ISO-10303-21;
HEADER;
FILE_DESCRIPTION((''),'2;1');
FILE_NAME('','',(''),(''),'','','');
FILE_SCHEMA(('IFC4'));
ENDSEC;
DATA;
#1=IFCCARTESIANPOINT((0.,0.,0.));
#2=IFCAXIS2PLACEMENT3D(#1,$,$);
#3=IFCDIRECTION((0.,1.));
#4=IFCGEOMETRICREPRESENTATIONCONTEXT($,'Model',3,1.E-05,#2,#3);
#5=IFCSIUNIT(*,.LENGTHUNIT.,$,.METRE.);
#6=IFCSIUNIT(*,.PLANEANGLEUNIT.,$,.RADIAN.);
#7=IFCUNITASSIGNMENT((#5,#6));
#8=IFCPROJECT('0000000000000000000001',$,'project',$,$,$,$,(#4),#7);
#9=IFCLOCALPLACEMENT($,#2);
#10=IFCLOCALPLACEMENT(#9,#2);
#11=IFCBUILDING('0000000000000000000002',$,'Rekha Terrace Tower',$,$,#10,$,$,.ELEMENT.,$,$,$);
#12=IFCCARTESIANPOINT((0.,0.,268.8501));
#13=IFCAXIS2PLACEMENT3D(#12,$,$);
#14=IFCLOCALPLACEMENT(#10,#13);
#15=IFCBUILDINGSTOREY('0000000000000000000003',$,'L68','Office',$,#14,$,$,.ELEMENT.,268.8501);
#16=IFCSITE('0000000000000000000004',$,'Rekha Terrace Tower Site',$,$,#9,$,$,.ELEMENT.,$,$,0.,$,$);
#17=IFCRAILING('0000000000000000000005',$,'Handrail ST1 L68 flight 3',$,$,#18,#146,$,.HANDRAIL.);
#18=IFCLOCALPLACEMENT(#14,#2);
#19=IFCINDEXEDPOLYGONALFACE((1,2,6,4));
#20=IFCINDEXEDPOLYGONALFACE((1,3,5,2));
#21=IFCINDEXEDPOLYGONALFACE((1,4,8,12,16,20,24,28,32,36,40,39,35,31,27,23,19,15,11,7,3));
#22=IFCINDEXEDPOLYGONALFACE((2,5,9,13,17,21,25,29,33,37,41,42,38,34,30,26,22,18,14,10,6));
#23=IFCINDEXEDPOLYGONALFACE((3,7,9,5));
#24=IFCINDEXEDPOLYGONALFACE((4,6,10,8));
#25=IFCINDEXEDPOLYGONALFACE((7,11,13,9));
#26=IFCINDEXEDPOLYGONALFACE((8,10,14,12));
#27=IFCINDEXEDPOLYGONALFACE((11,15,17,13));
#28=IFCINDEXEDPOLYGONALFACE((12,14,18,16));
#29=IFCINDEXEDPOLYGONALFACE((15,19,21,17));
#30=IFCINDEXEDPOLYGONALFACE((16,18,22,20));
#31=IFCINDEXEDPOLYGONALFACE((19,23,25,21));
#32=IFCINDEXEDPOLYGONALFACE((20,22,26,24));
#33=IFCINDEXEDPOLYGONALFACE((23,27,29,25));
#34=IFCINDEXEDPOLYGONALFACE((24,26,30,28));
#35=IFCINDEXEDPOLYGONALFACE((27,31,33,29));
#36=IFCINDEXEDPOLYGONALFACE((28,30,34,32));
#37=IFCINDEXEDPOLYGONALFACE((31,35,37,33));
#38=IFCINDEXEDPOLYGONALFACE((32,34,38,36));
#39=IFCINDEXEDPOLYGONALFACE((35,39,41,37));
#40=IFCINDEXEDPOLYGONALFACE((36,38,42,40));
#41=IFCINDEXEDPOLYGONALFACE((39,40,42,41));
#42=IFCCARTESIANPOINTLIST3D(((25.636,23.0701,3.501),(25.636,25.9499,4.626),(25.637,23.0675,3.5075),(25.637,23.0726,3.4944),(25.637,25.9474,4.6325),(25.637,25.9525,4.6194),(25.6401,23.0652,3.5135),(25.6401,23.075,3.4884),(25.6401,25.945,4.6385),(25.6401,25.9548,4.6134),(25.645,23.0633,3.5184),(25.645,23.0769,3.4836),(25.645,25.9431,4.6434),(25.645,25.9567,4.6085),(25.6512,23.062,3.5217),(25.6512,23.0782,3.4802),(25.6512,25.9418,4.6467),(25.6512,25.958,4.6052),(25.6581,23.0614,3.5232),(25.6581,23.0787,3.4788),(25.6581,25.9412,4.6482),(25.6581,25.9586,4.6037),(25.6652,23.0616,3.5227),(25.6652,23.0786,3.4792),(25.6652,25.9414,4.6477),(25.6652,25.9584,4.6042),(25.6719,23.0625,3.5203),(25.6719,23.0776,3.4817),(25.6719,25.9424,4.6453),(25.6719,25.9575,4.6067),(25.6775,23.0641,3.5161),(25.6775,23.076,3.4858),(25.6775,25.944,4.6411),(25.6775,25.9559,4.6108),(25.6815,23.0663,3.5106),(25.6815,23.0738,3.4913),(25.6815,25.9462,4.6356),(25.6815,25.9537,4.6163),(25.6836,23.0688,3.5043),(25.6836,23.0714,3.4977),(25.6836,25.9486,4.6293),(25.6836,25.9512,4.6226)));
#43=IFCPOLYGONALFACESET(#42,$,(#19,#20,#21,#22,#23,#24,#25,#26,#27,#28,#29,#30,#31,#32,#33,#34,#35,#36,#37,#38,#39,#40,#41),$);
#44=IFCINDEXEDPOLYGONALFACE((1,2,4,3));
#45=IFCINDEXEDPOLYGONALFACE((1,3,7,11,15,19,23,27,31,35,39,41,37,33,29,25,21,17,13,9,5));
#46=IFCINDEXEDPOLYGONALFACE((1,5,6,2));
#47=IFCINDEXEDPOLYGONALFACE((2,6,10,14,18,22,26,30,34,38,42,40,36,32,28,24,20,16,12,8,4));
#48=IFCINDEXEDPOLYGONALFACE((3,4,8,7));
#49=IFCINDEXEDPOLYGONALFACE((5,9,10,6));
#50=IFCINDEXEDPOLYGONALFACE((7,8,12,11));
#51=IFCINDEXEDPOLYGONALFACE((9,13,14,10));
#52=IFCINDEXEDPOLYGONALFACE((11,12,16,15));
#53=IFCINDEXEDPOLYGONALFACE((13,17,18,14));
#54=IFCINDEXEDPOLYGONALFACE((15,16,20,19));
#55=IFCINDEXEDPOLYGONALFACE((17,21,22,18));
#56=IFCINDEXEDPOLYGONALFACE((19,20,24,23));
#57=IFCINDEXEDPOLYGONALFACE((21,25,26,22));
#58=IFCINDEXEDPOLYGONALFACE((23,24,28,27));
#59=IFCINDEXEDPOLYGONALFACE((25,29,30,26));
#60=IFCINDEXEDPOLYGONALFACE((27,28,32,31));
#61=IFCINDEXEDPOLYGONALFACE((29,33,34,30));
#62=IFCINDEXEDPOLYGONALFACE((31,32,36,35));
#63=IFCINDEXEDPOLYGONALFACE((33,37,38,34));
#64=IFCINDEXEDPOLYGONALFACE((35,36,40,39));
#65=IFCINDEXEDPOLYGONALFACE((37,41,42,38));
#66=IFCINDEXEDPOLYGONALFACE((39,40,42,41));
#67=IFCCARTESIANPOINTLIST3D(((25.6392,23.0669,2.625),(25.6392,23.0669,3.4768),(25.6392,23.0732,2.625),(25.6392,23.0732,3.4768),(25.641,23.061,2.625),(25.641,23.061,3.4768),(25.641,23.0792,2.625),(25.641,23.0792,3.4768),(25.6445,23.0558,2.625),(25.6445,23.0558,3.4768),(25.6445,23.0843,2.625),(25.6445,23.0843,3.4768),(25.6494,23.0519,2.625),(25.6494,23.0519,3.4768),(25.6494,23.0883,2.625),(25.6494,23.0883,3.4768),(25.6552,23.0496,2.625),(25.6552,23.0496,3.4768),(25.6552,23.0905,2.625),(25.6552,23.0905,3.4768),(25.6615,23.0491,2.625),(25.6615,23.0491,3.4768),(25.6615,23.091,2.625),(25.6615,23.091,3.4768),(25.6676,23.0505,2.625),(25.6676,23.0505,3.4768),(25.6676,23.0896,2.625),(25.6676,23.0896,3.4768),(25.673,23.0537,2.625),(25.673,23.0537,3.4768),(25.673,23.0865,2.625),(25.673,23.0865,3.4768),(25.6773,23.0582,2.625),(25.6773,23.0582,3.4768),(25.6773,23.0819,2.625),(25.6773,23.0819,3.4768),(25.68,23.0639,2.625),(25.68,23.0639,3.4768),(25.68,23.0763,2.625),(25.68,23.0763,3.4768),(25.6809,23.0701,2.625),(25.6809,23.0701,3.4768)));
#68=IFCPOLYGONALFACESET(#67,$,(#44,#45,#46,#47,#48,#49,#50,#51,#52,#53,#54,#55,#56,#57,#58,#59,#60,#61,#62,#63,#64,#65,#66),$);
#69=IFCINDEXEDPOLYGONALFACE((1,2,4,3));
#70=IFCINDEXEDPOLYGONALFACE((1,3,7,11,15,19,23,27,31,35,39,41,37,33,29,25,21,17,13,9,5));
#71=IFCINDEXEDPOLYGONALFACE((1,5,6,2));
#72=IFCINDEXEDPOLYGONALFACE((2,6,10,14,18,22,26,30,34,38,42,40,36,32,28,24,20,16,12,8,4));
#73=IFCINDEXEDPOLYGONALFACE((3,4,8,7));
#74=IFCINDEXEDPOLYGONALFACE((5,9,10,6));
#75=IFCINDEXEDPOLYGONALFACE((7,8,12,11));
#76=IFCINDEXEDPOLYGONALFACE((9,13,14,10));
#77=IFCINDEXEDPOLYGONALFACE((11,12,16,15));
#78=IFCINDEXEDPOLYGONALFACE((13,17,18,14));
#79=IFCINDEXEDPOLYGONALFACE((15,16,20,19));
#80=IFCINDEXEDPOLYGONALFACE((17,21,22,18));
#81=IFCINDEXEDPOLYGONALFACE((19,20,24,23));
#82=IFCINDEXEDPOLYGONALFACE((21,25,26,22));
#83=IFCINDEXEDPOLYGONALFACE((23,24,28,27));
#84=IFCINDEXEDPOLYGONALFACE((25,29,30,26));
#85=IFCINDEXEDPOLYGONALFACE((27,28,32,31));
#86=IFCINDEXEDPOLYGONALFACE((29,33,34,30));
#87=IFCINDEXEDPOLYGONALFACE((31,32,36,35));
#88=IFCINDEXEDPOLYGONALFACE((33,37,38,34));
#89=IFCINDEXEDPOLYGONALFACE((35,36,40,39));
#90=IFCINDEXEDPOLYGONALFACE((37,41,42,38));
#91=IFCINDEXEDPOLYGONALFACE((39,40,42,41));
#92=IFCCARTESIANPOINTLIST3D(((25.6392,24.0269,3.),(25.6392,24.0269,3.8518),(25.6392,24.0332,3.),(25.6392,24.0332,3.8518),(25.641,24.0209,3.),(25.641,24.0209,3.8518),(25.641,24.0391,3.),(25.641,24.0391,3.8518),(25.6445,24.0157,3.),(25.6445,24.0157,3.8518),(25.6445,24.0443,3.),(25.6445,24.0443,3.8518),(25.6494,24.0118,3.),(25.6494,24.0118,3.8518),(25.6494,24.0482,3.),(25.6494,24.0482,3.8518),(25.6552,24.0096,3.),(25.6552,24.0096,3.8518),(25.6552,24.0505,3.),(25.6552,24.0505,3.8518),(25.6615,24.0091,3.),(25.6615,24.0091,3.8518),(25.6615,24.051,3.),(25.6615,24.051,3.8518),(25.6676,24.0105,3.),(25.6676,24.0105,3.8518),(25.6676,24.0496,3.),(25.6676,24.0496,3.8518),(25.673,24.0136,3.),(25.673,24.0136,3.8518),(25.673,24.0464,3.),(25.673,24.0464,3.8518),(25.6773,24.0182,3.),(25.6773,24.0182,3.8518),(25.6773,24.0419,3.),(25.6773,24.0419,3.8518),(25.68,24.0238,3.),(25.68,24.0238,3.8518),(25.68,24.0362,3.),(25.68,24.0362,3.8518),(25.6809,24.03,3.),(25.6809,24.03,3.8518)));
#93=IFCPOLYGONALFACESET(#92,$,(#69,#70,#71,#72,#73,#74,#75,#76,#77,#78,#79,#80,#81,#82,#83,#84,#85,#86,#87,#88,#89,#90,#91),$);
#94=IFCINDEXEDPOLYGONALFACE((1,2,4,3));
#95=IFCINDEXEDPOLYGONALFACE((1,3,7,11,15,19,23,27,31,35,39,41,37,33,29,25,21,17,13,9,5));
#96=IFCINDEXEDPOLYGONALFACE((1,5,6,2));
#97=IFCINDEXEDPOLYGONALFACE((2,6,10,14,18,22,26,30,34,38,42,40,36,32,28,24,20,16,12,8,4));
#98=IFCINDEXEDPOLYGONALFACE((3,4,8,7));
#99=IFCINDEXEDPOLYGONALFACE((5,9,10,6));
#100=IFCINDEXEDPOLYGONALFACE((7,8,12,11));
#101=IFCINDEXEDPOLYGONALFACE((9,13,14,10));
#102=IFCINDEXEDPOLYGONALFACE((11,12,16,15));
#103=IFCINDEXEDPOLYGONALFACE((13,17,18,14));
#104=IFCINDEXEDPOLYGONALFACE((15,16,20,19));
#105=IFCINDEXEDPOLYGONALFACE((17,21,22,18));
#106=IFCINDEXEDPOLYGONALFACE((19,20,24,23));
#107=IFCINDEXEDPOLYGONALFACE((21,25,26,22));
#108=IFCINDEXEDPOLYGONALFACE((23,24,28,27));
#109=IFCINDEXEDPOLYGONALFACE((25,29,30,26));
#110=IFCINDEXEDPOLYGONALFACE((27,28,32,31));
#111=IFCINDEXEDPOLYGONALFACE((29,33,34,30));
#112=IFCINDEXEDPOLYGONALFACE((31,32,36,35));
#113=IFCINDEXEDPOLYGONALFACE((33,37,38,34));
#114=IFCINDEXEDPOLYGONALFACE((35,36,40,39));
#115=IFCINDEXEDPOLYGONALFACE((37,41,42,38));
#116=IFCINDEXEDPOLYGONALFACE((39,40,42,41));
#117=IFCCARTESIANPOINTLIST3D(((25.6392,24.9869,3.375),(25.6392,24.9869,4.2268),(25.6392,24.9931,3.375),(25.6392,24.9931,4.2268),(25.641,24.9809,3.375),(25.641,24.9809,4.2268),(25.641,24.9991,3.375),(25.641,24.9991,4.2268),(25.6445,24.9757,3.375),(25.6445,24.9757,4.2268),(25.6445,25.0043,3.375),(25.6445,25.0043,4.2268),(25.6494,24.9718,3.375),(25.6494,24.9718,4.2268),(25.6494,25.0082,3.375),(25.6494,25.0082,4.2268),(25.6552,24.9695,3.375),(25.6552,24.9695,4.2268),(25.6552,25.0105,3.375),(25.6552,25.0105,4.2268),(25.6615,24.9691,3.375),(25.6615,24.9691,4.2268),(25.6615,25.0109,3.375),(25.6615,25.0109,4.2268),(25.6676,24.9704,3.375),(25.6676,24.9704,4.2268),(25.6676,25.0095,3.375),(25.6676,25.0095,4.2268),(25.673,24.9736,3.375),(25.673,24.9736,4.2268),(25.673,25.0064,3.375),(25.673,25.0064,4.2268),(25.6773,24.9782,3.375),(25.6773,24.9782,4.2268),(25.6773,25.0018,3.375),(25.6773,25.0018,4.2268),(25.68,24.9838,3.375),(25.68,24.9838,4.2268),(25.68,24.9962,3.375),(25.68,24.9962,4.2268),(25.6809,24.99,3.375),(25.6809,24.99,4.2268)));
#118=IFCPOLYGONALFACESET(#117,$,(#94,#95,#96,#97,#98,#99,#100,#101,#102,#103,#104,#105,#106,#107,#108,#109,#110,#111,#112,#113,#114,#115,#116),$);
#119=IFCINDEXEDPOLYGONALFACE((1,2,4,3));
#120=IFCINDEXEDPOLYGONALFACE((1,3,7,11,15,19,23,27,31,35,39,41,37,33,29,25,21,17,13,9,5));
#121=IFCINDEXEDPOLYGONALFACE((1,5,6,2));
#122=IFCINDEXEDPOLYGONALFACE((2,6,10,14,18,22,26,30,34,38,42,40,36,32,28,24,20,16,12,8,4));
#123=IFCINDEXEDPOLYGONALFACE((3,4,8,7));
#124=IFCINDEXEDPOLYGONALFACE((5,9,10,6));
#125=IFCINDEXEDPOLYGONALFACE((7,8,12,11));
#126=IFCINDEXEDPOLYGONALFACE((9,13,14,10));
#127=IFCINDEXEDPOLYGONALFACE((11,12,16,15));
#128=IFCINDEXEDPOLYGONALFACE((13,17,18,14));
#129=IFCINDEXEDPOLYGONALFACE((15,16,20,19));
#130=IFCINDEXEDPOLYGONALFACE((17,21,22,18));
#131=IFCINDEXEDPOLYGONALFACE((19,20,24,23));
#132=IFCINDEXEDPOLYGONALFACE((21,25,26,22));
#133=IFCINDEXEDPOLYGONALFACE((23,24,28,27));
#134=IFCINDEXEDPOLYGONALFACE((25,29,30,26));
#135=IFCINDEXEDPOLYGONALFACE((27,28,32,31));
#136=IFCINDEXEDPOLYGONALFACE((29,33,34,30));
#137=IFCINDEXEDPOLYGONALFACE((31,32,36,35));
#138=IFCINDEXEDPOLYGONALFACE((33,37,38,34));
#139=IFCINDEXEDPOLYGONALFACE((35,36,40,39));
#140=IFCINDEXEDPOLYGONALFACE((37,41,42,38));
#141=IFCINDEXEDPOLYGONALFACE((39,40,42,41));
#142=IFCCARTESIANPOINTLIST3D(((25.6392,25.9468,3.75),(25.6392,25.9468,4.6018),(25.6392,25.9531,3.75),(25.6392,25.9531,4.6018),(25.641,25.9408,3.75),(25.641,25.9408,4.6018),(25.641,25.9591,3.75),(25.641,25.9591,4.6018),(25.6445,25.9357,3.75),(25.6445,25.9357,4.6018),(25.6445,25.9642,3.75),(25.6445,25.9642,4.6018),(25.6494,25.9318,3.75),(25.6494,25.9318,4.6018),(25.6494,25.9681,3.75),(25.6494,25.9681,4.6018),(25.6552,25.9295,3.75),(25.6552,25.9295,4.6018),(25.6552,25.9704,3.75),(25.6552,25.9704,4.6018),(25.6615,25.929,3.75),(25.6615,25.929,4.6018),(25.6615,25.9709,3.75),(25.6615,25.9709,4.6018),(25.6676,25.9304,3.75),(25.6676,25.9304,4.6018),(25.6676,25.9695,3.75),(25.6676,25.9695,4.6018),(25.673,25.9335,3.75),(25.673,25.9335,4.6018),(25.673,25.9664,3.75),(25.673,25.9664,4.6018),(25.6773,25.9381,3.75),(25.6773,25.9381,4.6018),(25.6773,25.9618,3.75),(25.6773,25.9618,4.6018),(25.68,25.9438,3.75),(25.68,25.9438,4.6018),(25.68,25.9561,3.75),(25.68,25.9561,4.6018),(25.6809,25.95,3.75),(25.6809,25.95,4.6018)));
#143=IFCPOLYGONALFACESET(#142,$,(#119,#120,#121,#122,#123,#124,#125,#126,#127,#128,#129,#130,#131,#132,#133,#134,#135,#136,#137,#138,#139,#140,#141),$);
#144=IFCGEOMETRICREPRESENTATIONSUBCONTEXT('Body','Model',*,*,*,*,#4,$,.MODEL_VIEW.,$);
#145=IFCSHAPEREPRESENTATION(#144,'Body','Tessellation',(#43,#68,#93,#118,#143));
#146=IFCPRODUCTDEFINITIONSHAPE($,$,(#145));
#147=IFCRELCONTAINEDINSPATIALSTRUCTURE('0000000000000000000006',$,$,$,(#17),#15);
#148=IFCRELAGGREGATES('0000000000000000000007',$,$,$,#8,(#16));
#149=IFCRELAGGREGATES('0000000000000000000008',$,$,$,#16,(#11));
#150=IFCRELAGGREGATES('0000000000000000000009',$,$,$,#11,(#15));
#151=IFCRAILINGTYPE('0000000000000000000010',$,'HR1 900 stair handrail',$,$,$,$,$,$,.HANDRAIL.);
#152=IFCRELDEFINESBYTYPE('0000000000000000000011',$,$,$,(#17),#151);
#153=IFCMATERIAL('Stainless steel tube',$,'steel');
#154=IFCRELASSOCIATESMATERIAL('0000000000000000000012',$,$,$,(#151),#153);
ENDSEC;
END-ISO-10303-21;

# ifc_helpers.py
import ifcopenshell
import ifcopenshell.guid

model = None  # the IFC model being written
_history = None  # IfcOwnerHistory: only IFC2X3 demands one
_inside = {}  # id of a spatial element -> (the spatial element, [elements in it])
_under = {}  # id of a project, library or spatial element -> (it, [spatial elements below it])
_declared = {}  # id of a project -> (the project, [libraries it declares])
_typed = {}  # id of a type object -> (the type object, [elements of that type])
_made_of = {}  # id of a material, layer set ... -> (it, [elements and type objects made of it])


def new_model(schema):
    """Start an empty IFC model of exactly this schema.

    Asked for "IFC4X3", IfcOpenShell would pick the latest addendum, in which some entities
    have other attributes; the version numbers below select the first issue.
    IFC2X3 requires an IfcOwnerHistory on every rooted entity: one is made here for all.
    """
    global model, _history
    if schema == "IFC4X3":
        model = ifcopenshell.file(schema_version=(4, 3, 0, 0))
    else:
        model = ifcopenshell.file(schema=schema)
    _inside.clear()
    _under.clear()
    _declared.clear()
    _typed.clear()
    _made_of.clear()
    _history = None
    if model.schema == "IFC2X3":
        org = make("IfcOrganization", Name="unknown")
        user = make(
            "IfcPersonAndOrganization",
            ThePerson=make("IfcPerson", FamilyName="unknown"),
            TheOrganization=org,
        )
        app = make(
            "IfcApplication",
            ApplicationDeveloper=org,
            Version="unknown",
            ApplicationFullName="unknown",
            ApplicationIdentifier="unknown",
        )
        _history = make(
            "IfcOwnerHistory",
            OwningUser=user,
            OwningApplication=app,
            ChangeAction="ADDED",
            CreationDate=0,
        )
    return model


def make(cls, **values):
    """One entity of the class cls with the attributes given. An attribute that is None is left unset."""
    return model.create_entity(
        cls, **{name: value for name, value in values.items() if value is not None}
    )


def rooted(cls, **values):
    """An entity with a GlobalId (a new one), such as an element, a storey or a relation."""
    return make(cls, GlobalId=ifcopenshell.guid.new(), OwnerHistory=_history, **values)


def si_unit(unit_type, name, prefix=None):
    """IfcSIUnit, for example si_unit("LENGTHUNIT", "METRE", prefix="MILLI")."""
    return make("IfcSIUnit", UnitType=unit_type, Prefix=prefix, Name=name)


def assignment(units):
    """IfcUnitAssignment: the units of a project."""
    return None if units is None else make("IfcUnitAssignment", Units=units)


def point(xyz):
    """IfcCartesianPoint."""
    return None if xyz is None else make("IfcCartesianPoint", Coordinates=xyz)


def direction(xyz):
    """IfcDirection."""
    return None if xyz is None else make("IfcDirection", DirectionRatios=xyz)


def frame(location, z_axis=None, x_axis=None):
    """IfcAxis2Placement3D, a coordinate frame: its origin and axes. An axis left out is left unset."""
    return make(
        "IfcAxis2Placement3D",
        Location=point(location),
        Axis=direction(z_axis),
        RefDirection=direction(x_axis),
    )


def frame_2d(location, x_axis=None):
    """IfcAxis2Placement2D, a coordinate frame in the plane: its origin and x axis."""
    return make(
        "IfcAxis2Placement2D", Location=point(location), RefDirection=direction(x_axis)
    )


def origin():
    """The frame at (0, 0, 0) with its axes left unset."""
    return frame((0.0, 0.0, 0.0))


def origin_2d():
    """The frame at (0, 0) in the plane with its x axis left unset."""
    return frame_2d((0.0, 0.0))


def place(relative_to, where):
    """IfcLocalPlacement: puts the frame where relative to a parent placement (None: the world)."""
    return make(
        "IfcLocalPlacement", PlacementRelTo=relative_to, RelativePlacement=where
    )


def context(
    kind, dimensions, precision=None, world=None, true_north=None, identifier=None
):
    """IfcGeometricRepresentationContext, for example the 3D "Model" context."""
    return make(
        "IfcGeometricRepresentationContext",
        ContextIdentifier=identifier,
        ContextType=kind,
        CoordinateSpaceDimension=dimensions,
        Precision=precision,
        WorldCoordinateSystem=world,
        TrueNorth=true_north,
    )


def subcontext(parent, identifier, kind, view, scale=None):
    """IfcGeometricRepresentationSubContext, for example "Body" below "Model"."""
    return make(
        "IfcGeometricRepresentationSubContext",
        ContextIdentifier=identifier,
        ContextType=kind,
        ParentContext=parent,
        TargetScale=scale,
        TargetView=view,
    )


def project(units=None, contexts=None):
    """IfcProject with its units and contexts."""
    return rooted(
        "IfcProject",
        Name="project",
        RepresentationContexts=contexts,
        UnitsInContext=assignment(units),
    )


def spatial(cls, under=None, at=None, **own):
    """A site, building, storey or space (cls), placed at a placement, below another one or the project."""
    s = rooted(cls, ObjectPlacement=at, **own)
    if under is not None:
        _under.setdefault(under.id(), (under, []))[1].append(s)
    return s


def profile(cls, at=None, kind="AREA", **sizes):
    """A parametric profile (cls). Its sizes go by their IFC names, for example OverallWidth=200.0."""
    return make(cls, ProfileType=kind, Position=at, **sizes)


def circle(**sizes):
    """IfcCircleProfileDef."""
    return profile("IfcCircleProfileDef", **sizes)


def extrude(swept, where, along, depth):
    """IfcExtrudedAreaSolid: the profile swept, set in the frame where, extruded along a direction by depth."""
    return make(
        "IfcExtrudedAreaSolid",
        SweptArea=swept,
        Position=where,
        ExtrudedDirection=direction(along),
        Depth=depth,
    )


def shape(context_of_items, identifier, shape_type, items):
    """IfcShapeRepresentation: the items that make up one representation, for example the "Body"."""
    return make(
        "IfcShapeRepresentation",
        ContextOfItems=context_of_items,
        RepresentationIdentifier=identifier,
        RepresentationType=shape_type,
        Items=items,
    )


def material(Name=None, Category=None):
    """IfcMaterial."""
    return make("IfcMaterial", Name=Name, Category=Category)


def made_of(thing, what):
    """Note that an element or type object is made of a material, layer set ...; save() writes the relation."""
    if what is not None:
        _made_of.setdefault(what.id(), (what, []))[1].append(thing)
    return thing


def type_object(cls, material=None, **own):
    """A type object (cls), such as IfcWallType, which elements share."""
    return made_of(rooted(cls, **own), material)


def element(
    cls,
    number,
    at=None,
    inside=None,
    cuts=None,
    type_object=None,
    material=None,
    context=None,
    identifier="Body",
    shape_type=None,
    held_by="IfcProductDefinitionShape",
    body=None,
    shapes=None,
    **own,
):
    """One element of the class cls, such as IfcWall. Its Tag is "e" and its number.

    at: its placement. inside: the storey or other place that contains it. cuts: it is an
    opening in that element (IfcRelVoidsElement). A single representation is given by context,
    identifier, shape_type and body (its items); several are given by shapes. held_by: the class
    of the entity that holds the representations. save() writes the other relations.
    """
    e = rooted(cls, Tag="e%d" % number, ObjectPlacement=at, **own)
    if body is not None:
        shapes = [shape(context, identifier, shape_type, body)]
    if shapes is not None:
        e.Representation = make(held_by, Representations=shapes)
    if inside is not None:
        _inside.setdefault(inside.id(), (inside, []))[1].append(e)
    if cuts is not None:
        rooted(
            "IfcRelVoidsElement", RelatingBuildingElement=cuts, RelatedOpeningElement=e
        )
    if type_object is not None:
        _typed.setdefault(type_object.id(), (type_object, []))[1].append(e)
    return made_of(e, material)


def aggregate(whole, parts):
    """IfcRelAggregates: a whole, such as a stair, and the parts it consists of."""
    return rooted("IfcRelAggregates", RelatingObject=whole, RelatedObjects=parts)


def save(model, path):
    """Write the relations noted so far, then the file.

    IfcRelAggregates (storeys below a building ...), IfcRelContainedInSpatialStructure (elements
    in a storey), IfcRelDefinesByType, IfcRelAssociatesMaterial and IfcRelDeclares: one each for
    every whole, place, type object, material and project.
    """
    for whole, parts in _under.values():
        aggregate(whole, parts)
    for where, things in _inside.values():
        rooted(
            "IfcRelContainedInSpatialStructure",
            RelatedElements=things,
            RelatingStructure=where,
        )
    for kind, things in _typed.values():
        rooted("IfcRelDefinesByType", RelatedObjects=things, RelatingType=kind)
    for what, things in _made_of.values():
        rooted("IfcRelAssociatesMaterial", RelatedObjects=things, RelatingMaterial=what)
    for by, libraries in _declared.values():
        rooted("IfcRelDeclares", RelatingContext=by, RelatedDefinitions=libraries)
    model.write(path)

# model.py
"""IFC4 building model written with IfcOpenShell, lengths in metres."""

from ifc_helpers import new_model, si_unit, direction, frame, origin, origin_2d, place, context, subcontext, project, spatial, circle, extrude, material, type_object, element, save


model = new_model("IFC4")

# Units and contexts
model_context = context("Model", 3, precision=1e-05, world=origin(), true_north=direction((0.0, 1.0)))
body_context = subcontext(model_context, "Body", "Model", "MODEL_VIEW")
ifc_project = project(units=[si_unit("LENGTHUNIT", "METRE"), si_unit("PLANEANGLEUNIT", "RADIAN")], contexts=[model_context])

# Site, building, storey
site_placement = place(None, origin())
site = spatial("IfcSite", under=ifc_project, at=site_placement, Name="Rekha Terrace Tower Site", CompositionType="ELEMENT", RefElevation=0.0)
building_placement = place(site_placement, origin())
building = spatial("IfcBuilding", under=site, at=building_placement, Name="Rekha Terrace Tower", CompositionType="ELEMENT")
storey_placement = place(building_placement, frame((0.0, 0.0, 268.8501)))
storey = spatial("IfcBuildingStorey", under=building, at=storey_placement, Name="L68", Description="Office", CompositionType="ELEMENT", Elevation=268.8501)

# Railing
ifc_material_1 = material(Name="Stainless steel tube", Category="steel")
railing_type_1 = type_object("IfcRailingType", Name="HR1 900 stair handrail", PredefinedType="HANDRAIL", material=ifc_material_1)
railing_1_placement = place(storey_placement, frame((25.6599, 23.0701, 2.625)))
element("IfcRailing", 1, at=railing_1_placement, inside=storey, type_object=railing_type_1, Name="Handrail ST1 L68 flight 3", PredefinedType="HANDRAIL", context=body_context, shape_type="SweptSolid", body=[
    extrude(circle(Radius=0.0239, at=origin_2d()), frame((0.0, 0.0, 0.876), z_axis=(0.0, 0.931452, 0.363863), x_axis=(-1.0, 0.0, 0.0)), (0.0, 0.0, 1.0), 3.0918),
    extrude(circle(Radius=0.021, at=origin_2d()), origin(), (0.0, 0.0, 1.0), 0.8518),
    extrude(circle(Radius=0.021, at=origin_2d()), frame((0.0, 0.96, 0.375)), (0.0, 0.0, 1.0), 0.8518),
    extrude(circle(Radius=0.021, at=origin_2d()), frame((0.0, 1.9199, 0.75)), (0.0, 0.0, 1.0), 0.8518),
    extrude(circle(Radius=0.021, at=origin_2d()), frame((0.0, 2.8799, 1.125)), (0.0, 0.0, 1.0), 0.8518),
])

save(model, "model.ifc")
